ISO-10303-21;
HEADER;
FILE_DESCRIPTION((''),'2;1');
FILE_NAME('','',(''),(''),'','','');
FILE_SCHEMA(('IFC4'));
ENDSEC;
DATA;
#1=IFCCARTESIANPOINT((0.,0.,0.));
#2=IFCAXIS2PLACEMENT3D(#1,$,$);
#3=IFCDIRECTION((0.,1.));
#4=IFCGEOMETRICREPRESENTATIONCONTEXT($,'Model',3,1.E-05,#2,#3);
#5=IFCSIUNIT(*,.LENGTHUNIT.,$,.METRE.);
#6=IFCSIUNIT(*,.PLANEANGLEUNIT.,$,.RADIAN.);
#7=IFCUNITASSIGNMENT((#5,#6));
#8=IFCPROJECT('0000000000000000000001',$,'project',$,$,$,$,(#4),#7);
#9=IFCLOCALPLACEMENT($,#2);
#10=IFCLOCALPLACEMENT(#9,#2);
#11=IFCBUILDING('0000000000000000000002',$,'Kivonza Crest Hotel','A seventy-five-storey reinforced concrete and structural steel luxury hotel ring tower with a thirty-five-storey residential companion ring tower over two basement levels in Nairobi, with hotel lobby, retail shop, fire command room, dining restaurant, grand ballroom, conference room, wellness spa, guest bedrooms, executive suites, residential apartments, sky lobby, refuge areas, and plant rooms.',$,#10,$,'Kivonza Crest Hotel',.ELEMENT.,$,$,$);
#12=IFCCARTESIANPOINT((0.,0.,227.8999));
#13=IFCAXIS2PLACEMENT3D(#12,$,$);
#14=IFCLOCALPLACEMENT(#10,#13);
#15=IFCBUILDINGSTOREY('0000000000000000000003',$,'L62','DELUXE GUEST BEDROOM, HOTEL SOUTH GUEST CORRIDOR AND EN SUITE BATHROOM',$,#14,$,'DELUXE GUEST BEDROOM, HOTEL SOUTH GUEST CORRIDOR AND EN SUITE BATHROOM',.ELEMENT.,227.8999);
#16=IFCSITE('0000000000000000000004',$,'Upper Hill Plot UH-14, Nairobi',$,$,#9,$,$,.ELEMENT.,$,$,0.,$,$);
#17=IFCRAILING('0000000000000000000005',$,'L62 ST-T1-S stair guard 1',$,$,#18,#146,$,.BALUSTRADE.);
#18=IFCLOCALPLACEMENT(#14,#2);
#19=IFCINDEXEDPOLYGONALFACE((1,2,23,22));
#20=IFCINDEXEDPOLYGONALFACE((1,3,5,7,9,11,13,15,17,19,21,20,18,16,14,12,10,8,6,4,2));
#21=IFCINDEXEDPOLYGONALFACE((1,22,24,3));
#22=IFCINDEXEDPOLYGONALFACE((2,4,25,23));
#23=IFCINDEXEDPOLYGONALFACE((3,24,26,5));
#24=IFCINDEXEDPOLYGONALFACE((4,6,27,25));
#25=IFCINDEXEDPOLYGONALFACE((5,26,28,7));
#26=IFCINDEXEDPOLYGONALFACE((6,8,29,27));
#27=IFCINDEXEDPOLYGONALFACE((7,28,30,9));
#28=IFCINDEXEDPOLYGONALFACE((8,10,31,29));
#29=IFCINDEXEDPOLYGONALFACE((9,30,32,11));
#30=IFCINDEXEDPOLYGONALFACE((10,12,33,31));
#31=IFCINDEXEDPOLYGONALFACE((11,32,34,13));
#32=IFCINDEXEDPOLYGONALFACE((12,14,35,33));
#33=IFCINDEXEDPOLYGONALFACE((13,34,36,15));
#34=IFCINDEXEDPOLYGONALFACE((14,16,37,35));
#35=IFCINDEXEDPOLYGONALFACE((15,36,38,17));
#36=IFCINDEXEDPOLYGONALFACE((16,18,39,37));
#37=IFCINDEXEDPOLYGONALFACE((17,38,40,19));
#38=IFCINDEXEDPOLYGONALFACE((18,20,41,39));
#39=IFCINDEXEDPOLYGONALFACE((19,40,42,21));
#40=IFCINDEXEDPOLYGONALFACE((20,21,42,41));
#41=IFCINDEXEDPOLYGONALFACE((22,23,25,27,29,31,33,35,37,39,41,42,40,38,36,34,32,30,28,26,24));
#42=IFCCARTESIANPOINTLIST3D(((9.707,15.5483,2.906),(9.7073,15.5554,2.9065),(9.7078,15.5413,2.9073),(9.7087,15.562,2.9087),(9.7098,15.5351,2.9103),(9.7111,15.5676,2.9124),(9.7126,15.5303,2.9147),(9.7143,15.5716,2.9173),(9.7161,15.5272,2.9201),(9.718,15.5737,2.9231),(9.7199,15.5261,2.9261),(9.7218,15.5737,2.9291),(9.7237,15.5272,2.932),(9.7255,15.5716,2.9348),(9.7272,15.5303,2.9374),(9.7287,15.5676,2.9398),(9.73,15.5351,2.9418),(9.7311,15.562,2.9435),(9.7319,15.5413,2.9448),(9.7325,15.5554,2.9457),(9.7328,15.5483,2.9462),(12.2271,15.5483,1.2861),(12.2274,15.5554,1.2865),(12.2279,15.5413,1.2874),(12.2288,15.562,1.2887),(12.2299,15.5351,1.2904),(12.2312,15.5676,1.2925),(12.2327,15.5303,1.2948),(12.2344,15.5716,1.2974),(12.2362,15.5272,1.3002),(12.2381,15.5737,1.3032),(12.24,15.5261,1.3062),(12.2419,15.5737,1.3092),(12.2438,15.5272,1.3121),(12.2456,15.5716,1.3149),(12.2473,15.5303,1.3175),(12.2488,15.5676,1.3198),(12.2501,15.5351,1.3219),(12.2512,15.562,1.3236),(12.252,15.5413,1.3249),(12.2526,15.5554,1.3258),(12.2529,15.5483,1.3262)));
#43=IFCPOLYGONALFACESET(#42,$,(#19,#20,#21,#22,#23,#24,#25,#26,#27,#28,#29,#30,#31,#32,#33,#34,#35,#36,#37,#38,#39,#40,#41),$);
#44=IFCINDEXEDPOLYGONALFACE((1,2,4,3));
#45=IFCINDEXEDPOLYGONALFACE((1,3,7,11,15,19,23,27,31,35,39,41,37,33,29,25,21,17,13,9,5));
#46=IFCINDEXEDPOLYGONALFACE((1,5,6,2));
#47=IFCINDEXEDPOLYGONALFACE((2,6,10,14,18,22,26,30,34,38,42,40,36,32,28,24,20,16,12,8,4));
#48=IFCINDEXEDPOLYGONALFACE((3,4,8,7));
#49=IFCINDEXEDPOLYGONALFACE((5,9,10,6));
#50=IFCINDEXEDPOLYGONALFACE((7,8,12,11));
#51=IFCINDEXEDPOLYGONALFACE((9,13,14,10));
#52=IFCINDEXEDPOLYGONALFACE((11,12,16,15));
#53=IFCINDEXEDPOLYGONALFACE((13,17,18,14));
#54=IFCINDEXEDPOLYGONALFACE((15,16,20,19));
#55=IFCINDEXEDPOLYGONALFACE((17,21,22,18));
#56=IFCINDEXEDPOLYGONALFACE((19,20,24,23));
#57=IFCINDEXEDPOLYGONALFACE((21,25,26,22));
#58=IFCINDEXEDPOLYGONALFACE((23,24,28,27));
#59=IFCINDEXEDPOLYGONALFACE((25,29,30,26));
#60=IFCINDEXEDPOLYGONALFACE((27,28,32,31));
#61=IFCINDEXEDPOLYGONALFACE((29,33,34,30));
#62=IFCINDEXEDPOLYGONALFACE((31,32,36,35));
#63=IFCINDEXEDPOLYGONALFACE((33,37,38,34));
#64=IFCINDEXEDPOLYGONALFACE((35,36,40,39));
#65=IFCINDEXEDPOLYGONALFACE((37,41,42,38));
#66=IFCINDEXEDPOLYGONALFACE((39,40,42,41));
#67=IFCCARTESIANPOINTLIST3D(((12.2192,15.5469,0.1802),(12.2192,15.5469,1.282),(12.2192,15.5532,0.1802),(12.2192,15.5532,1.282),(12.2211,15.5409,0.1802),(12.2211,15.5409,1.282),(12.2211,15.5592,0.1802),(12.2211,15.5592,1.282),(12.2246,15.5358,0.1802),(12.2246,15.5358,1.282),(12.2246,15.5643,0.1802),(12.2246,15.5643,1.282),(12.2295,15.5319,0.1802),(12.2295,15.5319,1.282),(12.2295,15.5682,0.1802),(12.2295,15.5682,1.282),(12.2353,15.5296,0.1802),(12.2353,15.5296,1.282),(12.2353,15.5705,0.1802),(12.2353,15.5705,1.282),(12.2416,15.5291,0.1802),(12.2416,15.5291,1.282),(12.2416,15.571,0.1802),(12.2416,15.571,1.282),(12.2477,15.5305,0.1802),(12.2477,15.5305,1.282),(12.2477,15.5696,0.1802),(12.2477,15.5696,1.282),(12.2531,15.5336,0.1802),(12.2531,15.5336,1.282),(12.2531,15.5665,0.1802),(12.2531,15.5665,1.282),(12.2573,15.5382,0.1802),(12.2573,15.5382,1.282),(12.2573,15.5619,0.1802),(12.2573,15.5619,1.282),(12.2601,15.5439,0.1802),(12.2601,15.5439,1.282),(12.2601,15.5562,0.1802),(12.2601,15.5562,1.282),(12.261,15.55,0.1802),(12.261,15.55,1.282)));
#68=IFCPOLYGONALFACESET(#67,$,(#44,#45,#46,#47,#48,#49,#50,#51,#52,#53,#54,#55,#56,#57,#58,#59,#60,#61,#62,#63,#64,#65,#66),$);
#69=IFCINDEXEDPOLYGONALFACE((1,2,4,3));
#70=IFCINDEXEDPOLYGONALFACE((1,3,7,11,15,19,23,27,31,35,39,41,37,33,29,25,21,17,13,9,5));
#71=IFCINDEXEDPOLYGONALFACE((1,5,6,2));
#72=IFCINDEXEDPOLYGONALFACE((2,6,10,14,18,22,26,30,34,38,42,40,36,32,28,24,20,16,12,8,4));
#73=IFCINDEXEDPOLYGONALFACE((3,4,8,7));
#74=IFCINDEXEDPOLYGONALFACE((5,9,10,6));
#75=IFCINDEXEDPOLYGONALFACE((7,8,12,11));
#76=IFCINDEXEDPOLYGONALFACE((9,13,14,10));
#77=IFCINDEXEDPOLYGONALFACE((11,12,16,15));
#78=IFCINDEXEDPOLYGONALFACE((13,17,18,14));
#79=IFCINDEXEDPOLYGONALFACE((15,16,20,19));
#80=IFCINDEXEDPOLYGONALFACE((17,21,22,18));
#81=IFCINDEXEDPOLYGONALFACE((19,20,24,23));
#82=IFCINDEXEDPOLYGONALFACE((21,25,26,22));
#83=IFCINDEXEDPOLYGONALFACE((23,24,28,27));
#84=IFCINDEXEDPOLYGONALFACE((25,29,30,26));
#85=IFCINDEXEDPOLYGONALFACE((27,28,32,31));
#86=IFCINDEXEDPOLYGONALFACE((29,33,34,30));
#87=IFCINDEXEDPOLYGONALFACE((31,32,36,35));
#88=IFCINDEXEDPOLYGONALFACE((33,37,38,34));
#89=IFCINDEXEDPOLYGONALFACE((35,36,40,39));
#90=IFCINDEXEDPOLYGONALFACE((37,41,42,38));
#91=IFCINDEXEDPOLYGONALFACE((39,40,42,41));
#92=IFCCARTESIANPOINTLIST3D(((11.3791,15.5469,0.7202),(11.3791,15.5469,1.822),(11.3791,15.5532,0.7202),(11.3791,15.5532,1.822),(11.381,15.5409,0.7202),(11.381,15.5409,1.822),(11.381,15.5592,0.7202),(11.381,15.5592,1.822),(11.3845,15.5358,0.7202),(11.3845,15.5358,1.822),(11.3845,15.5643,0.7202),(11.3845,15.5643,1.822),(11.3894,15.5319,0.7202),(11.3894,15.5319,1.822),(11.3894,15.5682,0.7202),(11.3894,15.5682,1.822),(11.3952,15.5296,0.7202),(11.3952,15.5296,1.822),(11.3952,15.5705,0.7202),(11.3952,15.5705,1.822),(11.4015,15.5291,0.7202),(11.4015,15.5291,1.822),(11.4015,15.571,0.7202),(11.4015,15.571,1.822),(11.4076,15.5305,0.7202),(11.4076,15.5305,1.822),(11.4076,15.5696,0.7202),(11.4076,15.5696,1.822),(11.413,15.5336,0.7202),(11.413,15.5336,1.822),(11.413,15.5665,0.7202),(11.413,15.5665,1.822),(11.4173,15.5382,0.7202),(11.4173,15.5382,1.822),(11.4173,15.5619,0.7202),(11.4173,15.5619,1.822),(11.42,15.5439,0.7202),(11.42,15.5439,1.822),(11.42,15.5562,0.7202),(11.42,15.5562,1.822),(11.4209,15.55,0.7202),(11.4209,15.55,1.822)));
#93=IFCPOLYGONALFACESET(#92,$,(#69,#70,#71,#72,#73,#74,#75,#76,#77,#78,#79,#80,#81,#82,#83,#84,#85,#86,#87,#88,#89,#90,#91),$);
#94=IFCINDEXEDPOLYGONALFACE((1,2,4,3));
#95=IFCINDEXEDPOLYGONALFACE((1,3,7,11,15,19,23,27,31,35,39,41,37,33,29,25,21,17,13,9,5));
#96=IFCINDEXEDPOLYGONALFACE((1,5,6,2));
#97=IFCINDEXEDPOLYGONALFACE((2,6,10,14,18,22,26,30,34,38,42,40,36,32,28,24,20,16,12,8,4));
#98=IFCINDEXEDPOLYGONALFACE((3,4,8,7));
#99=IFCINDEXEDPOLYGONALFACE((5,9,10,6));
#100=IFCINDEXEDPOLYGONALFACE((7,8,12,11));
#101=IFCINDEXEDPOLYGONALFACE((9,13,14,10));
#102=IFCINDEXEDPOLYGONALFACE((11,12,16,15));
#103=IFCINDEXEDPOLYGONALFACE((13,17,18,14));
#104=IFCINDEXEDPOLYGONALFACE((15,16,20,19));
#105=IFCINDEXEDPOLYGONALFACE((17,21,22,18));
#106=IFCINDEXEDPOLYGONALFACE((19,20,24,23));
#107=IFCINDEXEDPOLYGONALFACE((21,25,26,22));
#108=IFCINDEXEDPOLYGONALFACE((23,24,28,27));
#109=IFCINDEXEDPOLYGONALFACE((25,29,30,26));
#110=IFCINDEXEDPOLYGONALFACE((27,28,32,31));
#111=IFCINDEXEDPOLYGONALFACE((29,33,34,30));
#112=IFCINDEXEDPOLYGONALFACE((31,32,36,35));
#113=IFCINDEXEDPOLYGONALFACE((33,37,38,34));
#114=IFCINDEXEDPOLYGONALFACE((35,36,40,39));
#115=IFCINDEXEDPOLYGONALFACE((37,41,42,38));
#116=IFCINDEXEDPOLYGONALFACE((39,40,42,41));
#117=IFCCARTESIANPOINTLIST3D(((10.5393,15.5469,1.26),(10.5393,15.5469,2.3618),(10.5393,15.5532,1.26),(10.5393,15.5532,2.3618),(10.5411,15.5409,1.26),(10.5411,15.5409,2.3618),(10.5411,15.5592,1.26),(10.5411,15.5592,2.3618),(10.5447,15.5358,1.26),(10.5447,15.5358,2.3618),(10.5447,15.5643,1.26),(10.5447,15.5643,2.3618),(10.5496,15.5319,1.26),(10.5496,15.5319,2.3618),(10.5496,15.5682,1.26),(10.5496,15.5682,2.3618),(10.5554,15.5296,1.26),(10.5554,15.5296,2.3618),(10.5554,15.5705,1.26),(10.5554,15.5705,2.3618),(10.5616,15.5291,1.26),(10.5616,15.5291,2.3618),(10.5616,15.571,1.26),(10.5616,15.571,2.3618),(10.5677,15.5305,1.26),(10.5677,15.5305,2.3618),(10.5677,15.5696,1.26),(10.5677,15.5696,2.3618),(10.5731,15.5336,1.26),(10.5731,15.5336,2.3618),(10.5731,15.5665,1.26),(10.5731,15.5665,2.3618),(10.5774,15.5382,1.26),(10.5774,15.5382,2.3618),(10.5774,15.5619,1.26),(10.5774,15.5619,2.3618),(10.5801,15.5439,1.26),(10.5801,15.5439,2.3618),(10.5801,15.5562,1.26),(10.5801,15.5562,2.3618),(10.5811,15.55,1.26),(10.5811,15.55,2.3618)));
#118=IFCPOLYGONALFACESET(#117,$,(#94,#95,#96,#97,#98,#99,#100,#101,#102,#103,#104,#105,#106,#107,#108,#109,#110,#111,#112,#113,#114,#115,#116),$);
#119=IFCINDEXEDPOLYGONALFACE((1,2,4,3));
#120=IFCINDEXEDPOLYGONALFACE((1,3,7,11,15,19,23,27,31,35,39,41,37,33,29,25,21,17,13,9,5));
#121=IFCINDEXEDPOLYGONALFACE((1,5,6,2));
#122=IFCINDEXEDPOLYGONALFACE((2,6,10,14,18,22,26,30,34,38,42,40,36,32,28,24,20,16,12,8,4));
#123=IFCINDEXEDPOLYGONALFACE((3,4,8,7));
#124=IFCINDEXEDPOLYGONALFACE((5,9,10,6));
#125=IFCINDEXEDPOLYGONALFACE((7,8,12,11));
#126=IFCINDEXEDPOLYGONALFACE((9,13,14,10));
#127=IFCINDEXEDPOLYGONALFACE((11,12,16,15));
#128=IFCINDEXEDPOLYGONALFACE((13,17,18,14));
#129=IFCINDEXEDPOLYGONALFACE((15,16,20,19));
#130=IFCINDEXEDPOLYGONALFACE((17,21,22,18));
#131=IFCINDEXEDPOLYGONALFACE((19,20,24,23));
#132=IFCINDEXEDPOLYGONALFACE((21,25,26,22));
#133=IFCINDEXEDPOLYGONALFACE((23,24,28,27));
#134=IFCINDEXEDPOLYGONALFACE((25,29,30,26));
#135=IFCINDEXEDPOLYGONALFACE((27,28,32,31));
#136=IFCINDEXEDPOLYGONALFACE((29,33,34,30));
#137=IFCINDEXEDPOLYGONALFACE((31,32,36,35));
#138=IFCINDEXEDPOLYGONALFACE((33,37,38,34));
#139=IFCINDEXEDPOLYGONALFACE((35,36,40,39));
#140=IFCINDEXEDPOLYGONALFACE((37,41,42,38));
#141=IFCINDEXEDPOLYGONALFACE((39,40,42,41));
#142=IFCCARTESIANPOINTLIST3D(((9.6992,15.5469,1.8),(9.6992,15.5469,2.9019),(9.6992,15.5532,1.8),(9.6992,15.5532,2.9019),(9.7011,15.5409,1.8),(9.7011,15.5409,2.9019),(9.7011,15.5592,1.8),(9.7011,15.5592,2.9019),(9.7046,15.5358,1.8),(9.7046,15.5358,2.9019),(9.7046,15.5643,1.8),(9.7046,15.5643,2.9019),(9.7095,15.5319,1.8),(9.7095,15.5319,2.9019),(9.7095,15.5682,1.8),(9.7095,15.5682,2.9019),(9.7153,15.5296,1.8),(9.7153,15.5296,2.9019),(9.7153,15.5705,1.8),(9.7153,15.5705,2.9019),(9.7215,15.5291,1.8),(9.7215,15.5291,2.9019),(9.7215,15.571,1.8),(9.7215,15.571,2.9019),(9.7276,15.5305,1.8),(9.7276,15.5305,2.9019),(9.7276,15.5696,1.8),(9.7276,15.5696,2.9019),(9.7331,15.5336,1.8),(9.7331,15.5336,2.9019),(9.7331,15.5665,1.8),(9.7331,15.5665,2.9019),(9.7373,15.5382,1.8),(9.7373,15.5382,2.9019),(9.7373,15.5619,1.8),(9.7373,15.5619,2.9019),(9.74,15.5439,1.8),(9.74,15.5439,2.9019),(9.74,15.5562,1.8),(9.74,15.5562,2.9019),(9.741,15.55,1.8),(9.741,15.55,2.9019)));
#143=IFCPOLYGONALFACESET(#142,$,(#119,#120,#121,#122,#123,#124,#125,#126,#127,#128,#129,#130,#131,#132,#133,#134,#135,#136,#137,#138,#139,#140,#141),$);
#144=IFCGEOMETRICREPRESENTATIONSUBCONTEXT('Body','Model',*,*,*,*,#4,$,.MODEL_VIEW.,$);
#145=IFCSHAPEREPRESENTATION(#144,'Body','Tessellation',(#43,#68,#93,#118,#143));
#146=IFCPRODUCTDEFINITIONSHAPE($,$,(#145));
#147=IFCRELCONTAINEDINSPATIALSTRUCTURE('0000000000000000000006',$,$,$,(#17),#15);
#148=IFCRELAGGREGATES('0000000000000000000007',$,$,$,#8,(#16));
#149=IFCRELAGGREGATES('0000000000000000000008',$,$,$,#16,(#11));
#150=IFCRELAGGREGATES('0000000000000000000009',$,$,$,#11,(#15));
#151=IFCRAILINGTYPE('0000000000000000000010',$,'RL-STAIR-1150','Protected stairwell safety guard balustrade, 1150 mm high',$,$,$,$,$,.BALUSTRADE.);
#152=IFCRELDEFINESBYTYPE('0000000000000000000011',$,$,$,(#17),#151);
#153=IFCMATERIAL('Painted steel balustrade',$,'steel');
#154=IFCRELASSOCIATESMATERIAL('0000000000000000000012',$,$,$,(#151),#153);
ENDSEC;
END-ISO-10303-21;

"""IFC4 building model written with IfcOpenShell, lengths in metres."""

from ifc_helpers import new_model, si_unit, direction, frame, origin, origin_2d, place, context, subcontext, project, spatial, circle, extrude, material, type_object, element, save


model = new_model("IFC4")

# Units and contexts
model_context = context("Model", 3, precision=1e-05, world=origin(), true_north=direction((0.0, 1.0)))
body_context = subcontext(model_context, "Body", "Model", "MODEL_VIEW")
ifc_project = project(units=[si_unit("LENGTHUNIT", "METRE"), si_unit("PLANEANGLEUNIT", "RADIAN")], contexts=[model_context])

# Site, building, storey
site_placement = place(None, origin())
site = spatial("IfcSite", under=ifc_project, at=site_placement, Name="Upper Hill Plot UH-14, Nairobi", CompositionType="ELEMENT", RefElevation=0.0)
building_placement = place(site_placement, origin())
building = spatial("IfcBuilding", under=site, at=building_placement, Name="Kivonza Crest Hotel", Description="A seventy-five-storey reinforced concrete and structural steel luxury hotel ring tower with a thirty-five-storey residential companion ring tower over two basement levels in Nairobi, with hotel lobby, retail shop, fire command room, dining restaurant, grand ballroom, conference room, wellness spa, guest bedrooms, executive suites, residential apartments, sky lobby, refuge areas, and plant rooms.", LongName="Kivonza Crest Hotel", CompositionType="ELEMENT")
storey_placement = place(building_placement, frame((0.0, 0.0, 227.8999)))
storey = spatial("IfcBuildingStorey", under=building, at=storey_placement, Name="L62", Description="DELUXE GUEST BEDROOM, HOTEL SOUTH GUEST CORRIDOR AND EN SUITE BATHROOM", LongName="DELUXE GUEST BEDROOM, HOTEL SOUTH GUEST CORRIDOR AND EN SUITE BATHROOM", CompositionType="ELEMENT", Elevation=227.8999)

# Railing
ifc_material_1 = material(Name="Painted steel balustrade", Category="steel")
railing_type_1 = type_object("IfcRailingType", Name="RL-STAIR-1150", Description="Protected stairwell safety guard balustrade, 1150 mm high", PredefinedType="BALUSTRADE", material=ifc_material_1)
railing_1_placement = place(storey_placement, frame((12.24, 15.55, 0.1802)))
element("IfcRailing", 1, at=railing_1_placement, inside=storey, type_object=railing_type_1, Name="L62 ST-T1-S stair guard 1", PredefinedType="BALUSTRADE", context=body_context, shape_type="SweptSolid", body=[
    extrude(circle(Radius=0.0239, at=origin_2d()), frame((0.0, 0.0, 1.126), z_axis=(-0.8412, 0.0, 0.540725), x_axis=(0.0, -1.0, 0.0)), (0.0, 0.0, 1.0), 2.9958),
    extrude(circle(Radius=0.021, at=origin_2d()), origin(), (0.0, 0.0, 1.0), 1.1018),
    extrude(circle(Radius=0.021, at=origin_2d()), frame((-0.8401, 0.0, 0.54)), (0.0, 0.0, 1.0), 1.1018),
    extrude(circle(Radius=0.021, at=origin_2d()), frame((-1.6799, 0.0, 1.0798)), (0.0, 0.0, 1.0), 1.1018),
    extrude(circle(Radius=0.021, at=origin_2d()), frame((-2.52, 0.0, 1.6199)), (0.0, 0.0, 1.0), 1.1018),
])

save(model, "model.ifc")
